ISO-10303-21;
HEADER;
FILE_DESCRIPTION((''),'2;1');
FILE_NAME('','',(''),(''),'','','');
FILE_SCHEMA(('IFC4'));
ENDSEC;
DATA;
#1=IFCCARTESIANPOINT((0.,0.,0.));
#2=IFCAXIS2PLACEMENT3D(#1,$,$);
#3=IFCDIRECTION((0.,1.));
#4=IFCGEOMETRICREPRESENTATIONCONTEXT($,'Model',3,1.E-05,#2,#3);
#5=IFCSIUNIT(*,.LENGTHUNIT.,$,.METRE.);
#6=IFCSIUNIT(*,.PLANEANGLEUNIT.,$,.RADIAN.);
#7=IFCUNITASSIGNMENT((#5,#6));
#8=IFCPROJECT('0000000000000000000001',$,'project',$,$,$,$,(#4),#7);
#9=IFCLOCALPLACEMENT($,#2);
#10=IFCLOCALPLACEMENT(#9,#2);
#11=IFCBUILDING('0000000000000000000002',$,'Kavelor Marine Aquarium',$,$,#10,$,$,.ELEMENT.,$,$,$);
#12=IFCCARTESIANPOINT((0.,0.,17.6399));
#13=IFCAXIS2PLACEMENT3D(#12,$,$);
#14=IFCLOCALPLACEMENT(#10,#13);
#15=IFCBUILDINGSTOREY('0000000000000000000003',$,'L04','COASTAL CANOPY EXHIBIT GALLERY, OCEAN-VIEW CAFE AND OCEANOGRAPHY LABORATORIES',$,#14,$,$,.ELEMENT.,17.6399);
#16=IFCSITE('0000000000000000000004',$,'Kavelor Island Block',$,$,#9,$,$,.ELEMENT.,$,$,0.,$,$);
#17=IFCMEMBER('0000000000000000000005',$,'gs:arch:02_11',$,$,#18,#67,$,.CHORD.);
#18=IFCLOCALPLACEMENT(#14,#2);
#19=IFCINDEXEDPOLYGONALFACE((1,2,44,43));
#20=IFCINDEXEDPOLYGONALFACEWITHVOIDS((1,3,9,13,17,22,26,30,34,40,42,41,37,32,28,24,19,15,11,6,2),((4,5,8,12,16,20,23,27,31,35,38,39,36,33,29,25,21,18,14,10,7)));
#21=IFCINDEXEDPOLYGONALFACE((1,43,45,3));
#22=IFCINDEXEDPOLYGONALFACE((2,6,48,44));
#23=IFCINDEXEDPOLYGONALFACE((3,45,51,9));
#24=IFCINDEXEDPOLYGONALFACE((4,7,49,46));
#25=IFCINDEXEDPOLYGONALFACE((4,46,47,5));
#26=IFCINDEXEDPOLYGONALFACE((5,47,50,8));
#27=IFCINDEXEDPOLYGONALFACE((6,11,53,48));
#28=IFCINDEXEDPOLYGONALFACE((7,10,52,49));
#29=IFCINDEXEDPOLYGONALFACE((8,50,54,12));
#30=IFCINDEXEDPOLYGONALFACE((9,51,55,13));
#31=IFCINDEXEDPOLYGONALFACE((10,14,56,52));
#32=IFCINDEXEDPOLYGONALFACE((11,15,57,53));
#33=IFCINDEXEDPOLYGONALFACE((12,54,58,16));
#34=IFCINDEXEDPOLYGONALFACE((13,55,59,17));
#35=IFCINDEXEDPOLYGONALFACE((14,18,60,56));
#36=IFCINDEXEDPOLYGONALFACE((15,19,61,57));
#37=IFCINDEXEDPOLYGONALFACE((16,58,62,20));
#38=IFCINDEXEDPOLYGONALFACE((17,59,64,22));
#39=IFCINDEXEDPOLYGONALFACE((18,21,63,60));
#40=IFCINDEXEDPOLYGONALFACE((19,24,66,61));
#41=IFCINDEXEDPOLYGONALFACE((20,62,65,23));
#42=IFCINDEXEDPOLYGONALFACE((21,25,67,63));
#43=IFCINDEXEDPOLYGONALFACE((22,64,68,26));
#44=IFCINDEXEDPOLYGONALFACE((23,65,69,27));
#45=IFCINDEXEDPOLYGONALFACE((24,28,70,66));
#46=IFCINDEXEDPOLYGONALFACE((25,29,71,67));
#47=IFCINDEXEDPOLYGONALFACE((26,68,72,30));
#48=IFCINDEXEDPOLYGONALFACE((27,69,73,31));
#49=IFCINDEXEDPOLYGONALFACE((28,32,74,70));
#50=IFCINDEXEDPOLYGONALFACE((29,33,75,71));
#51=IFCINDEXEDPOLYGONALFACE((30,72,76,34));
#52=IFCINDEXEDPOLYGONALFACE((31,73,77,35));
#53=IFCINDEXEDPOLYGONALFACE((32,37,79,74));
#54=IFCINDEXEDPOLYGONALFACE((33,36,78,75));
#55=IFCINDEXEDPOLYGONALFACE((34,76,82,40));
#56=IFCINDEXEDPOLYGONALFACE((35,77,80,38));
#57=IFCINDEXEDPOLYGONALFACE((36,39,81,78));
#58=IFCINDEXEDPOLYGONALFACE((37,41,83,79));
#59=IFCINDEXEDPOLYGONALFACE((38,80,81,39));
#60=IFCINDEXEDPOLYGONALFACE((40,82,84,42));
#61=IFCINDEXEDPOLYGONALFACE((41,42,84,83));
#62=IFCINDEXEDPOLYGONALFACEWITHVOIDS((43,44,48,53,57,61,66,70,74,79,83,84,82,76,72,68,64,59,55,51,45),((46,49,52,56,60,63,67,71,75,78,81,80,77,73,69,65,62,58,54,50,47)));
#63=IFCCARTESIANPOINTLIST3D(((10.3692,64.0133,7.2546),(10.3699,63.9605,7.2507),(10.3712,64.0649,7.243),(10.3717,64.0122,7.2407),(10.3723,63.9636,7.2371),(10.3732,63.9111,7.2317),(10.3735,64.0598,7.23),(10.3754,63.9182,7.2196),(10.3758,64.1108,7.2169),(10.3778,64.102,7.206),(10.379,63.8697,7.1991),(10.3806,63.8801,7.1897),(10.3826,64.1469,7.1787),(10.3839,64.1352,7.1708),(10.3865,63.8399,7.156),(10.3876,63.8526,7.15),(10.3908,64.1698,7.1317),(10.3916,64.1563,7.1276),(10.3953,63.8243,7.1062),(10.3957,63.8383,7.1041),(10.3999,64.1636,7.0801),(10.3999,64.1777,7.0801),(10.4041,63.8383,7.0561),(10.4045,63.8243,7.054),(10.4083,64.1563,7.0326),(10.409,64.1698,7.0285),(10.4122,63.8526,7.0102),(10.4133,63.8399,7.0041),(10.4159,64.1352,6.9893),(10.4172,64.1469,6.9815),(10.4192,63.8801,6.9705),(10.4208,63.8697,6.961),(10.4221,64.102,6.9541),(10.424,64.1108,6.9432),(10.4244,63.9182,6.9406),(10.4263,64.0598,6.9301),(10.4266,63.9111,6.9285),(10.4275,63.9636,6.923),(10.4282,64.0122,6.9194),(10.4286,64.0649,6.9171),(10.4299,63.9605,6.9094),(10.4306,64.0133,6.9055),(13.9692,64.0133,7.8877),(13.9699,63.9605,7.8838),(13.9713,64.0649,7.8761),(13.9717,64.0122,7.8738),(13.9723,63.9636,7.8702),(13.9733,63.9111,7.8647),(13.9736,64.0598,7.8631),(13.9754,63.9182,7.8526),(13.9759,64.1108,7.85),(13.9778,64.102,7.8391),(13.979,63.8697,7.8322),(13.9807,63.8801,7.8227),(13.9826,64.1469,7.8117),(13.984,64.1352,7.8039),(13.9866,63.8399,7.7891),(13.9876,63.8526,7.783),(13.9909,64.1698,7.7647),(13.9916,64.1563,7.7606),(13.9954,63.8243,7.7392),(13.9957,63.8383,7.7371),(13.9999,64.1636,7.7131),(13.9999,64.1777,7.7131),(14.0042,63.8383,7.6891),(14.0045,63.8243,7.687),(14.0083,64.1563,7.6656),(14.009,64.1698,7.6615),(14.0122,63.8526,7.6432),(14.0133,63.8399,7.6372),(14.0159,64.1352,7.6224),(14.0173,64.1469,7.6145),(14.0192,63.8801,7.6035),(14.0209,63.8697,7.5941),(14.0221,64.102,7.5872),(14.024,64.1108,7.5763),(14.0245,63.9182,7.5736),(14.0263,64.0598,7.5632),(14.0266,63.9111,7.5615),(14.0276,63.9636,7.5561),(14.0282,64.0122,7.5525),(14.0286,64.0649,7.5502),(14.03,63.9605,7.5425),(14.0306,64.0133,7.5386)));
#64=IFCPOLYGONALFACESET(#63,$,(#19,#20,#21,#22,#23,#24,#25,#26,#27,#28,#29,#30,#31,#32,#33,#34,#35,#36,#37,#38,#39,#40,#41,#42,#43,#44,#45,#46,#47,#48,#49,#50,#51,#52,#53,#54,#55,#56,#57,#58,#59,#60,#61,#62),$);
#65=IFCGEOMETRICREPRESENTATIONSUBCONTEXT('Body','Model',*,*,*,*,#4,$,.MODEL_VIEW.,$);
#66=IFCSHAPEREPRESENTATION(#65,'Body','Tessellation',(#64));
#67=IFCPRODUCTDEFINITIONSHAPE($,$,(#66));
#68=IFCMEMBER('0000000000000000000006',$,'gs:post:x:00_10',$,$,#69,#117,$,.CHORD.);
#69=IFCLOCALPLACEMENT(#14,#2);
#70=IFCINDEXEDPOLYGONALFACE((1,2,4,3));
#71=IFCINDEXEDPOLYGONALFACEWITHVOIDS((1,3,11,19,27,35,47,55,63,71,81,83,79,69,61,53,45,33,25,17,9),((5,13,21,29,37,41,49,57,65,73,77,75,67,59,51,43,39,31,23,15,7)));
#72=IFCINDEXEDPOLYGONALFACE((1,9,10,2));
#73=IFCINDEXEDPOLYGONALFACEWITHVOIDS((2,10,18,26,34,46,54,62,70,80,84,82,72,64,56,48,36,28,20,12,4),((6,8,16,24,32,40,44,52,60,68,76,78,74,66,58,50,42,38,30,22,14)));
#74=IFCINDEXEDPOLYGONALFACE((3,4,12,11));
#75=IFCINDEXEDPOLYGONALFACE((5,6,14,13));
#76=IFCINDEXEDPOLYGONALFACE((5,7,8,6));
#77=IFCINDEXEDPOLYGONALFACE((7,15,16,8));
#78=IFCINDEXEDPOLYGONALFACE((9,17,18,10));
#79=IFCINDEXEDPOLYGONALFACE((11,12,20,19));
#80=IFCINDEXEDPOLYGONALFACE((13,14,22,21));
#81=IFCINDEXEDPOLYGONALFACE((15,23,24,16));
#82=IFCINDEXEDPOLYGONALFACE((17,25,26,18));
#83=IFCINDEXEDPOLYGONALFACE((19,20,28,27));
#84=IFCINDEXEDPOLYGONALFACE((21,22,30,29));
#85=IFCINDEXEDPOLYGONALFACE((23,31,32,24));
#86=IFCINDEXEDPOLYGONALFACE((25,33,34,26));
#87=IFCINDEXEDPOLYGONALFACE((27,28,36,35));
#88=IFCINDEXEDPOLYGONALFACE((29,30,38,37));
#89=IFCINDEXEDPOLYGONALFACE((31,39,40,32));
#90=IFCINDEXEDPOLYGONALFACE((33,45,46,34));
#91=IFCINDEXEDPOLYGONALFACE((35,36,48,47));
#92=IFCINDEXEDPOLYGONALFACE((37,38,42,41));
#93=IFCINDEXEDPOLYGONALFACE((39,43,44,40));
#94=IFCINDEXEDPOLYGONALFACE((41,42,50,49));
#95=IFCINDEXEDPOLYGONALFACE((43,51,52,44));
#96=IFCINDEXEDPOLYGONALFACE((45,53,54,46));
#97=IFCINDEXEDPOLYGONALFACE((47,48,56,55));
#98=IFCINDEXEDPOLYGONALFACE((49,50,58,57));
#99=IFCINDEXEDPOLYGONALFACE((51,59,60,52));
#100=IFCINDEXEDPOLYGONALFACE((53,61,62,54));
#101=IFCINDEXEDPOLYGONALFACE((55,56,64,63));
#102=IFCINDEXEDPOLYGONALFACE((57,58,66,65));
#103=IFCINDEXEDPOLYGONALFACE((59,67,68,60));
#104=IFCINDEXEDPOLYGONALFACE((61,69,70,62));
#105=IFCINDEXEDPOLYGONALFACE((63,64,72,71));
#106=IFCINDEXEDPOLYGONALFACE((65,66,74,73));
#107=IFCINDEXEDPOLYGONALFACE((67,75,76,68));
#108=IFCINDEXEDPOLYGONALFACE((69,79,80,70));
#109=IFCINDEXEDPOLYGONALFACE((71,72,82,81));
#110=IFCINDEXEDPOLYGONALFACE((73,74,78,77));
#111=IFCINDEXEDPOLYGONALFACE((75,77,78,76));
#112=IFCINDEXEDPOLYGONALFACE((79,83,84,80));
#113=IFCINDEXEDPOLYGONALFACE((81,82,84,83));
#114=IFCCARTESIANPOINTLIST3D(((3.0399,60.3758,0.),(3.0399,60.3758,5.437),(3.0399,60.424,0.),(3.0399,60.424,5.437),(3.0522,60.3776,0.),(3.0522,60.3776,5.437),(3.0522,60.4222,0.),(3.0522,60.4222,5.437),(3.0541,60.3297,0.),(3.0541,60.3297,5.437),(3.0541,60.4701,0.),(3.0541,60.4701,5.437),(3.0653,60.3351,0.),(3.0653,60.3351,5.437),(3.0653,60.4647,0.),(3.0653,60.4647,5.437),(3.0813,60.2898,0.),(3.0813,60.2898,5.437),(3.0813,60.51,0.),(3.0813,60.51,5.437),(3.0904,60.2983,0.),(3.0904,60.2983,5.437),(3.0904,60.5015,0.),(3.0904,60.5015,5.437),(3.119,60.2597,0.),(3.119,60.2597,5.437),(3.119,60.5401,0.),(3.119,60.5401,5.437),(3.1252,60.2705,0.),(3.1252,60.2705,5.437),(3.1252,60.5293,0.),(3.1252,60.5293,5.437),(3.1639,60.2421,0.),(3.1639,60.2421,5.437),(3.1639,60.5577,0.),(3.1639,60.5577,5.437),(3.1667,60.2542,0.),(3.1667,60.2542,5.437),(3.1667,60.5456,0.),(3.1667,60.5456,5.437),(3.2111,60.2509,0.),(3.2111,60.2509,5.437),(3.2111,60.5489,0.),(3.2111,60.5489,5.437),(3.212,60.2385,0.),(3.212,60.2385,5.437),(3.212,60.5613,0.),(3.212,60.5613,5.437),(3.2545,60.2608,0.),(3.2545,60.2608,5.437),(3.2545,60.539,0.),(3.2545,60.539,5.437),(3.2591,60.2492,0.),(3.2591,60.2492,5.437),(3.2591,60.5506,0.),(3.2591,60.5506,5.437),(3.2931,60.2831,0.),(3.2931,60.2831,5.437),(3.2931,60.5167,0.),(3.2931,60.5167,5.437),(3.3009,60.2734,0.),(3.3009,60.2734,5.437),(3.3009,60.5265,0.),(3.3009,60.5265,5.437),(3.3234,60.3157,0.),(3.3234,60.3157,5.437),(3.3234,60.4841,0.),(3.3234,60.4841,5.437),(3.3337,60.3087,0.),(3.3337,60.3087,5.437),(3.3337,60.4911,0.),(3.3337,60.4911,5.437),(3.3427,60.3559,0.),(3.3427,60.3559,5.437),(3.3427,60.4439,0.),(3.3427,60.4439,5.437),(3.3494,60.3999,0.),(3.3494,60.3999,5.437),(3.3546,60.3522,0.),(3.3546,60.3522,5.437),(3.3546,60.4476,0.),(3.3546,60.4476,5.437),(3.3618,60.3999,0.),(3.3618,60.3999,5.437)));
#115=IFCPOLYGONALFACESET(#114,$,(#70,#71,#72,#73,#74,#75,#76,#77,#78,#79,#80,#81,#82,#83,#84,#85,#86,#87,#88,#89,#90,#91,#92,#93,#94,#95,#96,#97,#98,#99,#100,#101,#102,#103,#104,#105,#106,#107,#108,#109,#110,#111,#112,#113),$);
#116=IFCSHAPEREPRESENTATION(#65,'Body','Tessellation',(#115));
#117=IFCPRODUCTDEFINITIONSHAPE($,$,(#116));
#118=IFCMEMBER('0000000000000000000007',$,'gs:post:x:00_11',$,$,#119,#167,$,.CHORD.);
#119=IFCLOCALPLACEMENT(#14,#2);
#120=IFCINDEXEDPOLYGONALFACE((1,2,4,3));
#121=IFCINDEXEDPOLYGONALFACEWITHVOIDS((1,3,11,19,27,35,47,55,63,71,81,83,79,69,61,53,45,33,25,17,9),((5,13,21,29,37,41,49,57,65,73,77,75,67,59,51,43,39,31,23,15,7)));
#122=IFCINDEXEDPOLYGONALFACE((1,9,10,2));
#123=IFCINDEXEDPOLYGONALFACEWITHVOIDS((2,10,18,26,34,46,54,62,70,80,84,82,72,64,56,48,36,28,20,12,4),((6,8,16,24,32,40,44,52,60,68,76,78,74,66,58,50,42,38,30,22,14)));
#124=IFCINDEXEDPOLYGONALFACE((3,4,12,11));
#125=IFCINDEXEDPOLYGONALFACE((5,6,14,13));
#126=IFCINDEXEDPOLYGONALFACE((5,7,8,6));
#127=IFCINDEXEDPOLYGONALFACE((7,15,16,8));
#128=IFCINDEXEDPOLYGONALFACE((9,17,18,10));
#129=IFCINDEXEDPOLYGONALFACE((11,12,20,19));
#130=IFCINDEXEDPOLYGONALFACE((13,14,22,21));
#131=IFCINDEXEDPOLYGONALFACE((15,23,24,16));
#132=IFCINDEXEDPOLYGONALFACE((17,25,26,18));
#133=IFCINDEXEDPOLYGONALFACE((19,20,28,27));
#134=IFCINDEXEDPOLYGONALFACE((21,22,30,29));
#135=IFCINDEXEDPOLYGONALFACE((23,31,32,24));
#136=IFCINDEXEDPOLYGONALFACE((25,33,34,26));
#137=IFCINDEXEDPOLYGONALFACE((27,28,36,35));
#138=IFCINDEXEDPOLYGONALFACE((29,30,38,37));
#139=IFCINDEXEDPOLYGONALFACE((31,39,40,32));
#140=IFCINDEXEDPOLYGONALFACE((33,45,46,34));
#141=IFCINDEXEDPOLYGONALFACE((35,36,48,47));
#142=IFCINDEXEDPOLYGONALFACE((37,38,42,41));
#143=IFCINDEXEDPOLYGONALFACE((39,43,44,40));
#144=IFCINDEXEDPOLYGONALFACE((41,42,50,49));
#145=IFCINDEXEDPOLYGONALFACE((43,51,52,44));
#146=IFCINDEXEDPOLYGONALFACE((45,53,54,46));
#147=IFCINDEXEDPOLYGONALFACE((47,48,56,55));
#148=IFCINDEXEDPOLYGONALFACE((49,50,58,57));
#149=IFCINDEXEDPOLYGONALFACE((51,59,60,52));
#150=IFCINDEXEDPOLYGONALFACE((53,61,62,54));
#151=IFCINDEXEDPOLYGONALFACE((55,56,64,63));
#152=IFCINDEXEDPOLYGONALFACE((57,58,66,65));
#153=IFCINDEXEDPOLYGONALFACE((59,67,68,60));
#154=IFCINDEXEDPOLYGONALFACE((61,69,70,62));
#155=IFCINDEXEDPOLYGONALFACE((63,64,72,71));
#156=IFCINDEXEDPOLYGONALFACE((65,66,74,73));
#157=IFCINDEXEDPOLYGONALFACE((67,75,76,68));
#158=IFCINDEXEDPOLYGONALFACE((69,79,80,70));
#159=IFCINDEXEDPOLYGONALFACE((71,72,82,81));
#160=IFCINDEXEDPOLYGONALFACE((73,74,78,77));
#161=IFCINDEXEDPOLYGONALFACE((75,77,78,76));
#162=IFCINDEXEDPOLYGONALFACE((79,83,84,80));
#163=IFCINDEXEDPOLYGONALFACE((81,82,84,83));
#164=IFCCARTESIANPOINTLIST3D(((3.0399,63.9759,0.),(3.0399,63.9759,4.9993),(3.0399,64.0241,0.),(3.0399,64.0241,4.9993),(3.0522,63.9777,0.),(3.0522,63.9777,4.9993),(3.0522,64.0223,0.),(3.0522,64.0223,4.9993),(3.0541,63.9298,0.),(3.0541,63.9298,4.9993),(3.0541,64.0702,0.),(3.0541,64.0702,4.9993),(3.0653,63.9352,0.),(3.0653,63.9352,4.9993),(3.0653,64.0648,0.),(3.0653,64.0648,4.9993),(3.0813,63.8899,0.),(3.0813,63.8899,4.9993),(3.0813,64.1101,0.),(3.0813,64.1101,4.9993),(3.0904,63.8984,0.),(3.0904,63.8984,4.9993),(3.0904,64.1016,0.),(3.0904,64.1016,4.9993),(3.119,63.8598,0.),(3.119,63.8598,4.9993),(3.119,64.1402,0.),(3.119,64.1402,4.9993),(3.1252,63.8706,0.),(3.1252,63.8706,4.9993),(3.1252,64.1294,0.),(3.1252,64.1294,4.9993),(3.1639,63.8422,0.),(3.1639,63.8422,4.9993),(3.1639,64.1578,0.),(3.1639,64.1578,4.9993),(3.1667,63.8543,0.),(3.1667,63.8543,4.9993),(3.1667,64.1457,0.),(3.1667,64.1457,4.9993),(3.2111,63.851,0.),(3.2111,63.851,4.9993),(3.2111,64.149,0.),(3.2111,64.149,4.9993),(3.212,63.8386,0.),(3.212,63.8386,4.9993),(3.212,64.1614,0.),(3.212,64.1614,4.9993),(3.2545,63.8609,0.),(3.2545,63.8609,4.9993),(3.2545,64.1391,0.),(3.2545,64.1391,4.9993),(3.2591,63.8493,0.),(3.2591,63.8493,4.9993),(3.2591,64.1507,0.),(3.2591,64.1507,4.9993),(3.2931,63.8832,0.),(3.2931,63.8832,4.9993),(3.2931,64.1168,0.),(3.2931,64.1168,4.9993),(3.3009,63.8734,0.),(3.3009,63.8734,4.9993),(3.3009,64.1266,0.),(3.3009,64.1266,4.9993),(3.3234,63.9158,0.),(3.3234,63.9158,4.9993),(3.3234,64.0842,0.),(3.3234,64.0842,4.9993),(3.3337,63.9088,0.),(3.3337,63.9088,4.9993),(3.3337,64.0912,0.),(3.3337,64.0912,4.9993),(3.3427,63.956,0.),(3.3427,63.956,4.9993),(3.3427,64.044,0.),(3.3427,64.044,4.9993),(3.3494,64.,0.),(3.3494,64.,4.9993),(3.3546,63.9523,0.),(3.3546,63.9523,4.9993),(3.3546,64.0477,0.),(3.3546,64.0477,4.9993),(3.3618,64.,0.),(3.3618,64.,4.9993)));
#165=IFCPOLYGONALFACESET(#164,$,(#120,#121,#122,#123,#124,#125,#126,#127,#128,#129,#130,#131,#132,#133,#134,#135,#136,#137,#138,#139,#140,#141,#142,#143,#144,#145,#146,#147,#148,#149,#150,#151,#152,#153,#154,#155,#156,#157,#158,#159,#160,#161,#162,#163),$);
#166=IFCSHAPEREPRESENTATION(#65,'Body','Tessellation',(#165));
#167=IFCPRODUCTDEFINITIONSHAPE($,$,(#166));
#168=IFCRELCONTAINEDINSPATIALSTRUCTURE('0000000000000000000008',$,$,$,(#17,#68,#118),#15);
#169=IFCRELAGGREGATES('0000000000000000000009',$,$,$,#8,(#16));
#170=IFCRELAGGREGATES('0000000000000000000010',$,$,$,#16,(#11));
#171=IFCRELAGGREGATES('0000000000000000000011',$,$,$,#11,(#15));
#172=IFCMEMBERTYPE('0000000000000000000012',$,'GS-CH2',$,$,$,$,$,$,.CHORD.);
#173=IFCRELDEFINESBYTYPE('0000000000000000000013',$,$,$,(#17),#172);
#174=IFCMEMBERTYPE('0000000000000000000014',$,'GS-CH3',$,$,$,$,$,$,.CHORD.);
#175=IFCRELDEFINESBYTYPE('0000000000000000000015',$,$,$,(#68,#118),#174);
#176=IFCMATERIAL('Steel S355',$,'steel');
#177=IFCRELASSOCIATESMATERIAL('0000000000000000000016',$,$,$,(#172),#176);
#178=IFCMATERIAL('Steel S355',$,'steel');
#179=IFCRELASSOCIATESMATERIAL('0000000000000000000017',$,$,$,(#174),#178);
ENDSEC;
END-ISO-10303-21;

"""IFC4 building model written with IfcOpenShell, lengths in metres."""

from ifc_helpers import new_model, si_unit, direction, frame, origin, origin_2d, place, context, subcontext, project, spatial, hollow_circle, extrude, material, material_profile, profile_set, type_object, element, save


model = new_model("IFC4")

# Units and contexts
model_context = context("Model", 3, precision=1e-05, world=origin(), true_north=direction((0.0, 1.0)))
body_context = subcontext(model_context, "Body", "Model", "MODEL_VIEW")
ifc_project = project(units=[si_unit("LENGTHUNIT", "METRE"), si_unit("PLANEANGLEUNIT", "RADIAN")], contexts=[model_context])

# Site, building, storey
site_placement = place(None, origin())
site = spatial("IfcSite", under=ifc_project, at=site_placement, Name="Kavelor Island Block", CompositionType="ELEMENT", RefElevation=0.0)
building_placement = place(site_placement, origin())
building = spatial("IfcBuilding", under=site, at=building_placement, Name="Kavelor Marine Aquarium", CompositionType="ELEMENT")
storey_placement = place(building_placement, frame((0.0, 0.0, 17.6399)))
storey = spatial("IfcBuildingStorey", under=building, at=storey_placement, Name="L04", Description="COASTAL CANOPY EXHIBIT GALLERY, OCEAN-VIEW CAFE AND OCEANOGRAPHY LABORATORIES", CompositionType="ELEMENT", Elevation=17.6399)

# Members
ifc_material_1 = material(Name="Steel S355", Category="steel")
ifc_material_profile_1 = material_profile(ifc_material_1, hollow_circle(Radius=0.1777, WallThickness=0.0142, at=origin_2d()), Name="CHS 355.6x14.2")
ifc_profile_set_1 = profile_set([ifc_material_profile_1], Name="Steel S355")
member_type_1 = type_object("IfcMemberType", Name="GS-CH2", PredefinedType="CHORD", material=ifc_profile_set_1)
member_1_placement = place(storey_placement, frame((10.3999, 64.0, 7.0801), z_axis=(0.984889, 0.0, 0.173187), x_axis=(0.0, 1.0, 0.0)))
element("IfcMember", 1, at=member_1_placement, inside=storey, type_object=member_type_1, Name="gs:arch:02_11", PredefinedType="CHORD", context=body_context, shape_type="SweptSolid", body=[
    extrude(hollow_circle(Radius=0.1777, WallThickness=0.0142, at=origin_2d()), origin(), (0.0, 0.0, 1.0), 3.6553),
])
ifc_material_2 = material(Name="Steel S355", Category="steel")
ifc_material_profile_2 = material_profile(ifc_material_2, hollow_circle(Radius=0.1619, WallThickness=0.0125, at=origin_2d()), Name="CHS 323.9x12.5")
ifc_profile_set_2 = profile_set([ifc_material_profile_2], Name="Steel S355")
member_type_2 = type_object("IfcMemberType", Name="GS-CH3", PredefinedType="CHORD", material=ifc_profile_set_2)
member_2_placement = place(storey_placement, frame((3.2, 60.3999, 0.0), z_axis=(0.0, 0.0, 1.0), x_axis=(1.0, 0.0, 0.0)))
element("IfcMember", 2, at=member_2_placement, inside=storey, type_object=member_type_2, Name="gs:post:x:00_10", PredefinedType="CHORD", context=body_context, shape_type="SweptSolid", body=[
    extrude(hollow_circle(Radius=0.1619, WallThickness=0.0125, at=origin_2d()), origin(), (0.0, 0.0, 1.0), 5.437),
])
member_3_placement = place(storey_placement, frame((3.2, 64.0, 0.0), z_axis=(0.0, 0.0, 1.0), x_axis=(1.0, 0.0, 0.0)))
element("IfcMember", 3, at=member_3_placement, inside=storey, type_object=member_type_2, Name="gs:post:x:00_11", PredefinedType="CHORD", context=body_context, shape_type="SweptSolid", body=[
    extrude(hollow_circle(Radius=0.1619, WallThickness=0.0125, at=origin_2d()), origin(), (0.0, 0.0, 1.0), 4.9993),
])

save(model, "model.ifc")
